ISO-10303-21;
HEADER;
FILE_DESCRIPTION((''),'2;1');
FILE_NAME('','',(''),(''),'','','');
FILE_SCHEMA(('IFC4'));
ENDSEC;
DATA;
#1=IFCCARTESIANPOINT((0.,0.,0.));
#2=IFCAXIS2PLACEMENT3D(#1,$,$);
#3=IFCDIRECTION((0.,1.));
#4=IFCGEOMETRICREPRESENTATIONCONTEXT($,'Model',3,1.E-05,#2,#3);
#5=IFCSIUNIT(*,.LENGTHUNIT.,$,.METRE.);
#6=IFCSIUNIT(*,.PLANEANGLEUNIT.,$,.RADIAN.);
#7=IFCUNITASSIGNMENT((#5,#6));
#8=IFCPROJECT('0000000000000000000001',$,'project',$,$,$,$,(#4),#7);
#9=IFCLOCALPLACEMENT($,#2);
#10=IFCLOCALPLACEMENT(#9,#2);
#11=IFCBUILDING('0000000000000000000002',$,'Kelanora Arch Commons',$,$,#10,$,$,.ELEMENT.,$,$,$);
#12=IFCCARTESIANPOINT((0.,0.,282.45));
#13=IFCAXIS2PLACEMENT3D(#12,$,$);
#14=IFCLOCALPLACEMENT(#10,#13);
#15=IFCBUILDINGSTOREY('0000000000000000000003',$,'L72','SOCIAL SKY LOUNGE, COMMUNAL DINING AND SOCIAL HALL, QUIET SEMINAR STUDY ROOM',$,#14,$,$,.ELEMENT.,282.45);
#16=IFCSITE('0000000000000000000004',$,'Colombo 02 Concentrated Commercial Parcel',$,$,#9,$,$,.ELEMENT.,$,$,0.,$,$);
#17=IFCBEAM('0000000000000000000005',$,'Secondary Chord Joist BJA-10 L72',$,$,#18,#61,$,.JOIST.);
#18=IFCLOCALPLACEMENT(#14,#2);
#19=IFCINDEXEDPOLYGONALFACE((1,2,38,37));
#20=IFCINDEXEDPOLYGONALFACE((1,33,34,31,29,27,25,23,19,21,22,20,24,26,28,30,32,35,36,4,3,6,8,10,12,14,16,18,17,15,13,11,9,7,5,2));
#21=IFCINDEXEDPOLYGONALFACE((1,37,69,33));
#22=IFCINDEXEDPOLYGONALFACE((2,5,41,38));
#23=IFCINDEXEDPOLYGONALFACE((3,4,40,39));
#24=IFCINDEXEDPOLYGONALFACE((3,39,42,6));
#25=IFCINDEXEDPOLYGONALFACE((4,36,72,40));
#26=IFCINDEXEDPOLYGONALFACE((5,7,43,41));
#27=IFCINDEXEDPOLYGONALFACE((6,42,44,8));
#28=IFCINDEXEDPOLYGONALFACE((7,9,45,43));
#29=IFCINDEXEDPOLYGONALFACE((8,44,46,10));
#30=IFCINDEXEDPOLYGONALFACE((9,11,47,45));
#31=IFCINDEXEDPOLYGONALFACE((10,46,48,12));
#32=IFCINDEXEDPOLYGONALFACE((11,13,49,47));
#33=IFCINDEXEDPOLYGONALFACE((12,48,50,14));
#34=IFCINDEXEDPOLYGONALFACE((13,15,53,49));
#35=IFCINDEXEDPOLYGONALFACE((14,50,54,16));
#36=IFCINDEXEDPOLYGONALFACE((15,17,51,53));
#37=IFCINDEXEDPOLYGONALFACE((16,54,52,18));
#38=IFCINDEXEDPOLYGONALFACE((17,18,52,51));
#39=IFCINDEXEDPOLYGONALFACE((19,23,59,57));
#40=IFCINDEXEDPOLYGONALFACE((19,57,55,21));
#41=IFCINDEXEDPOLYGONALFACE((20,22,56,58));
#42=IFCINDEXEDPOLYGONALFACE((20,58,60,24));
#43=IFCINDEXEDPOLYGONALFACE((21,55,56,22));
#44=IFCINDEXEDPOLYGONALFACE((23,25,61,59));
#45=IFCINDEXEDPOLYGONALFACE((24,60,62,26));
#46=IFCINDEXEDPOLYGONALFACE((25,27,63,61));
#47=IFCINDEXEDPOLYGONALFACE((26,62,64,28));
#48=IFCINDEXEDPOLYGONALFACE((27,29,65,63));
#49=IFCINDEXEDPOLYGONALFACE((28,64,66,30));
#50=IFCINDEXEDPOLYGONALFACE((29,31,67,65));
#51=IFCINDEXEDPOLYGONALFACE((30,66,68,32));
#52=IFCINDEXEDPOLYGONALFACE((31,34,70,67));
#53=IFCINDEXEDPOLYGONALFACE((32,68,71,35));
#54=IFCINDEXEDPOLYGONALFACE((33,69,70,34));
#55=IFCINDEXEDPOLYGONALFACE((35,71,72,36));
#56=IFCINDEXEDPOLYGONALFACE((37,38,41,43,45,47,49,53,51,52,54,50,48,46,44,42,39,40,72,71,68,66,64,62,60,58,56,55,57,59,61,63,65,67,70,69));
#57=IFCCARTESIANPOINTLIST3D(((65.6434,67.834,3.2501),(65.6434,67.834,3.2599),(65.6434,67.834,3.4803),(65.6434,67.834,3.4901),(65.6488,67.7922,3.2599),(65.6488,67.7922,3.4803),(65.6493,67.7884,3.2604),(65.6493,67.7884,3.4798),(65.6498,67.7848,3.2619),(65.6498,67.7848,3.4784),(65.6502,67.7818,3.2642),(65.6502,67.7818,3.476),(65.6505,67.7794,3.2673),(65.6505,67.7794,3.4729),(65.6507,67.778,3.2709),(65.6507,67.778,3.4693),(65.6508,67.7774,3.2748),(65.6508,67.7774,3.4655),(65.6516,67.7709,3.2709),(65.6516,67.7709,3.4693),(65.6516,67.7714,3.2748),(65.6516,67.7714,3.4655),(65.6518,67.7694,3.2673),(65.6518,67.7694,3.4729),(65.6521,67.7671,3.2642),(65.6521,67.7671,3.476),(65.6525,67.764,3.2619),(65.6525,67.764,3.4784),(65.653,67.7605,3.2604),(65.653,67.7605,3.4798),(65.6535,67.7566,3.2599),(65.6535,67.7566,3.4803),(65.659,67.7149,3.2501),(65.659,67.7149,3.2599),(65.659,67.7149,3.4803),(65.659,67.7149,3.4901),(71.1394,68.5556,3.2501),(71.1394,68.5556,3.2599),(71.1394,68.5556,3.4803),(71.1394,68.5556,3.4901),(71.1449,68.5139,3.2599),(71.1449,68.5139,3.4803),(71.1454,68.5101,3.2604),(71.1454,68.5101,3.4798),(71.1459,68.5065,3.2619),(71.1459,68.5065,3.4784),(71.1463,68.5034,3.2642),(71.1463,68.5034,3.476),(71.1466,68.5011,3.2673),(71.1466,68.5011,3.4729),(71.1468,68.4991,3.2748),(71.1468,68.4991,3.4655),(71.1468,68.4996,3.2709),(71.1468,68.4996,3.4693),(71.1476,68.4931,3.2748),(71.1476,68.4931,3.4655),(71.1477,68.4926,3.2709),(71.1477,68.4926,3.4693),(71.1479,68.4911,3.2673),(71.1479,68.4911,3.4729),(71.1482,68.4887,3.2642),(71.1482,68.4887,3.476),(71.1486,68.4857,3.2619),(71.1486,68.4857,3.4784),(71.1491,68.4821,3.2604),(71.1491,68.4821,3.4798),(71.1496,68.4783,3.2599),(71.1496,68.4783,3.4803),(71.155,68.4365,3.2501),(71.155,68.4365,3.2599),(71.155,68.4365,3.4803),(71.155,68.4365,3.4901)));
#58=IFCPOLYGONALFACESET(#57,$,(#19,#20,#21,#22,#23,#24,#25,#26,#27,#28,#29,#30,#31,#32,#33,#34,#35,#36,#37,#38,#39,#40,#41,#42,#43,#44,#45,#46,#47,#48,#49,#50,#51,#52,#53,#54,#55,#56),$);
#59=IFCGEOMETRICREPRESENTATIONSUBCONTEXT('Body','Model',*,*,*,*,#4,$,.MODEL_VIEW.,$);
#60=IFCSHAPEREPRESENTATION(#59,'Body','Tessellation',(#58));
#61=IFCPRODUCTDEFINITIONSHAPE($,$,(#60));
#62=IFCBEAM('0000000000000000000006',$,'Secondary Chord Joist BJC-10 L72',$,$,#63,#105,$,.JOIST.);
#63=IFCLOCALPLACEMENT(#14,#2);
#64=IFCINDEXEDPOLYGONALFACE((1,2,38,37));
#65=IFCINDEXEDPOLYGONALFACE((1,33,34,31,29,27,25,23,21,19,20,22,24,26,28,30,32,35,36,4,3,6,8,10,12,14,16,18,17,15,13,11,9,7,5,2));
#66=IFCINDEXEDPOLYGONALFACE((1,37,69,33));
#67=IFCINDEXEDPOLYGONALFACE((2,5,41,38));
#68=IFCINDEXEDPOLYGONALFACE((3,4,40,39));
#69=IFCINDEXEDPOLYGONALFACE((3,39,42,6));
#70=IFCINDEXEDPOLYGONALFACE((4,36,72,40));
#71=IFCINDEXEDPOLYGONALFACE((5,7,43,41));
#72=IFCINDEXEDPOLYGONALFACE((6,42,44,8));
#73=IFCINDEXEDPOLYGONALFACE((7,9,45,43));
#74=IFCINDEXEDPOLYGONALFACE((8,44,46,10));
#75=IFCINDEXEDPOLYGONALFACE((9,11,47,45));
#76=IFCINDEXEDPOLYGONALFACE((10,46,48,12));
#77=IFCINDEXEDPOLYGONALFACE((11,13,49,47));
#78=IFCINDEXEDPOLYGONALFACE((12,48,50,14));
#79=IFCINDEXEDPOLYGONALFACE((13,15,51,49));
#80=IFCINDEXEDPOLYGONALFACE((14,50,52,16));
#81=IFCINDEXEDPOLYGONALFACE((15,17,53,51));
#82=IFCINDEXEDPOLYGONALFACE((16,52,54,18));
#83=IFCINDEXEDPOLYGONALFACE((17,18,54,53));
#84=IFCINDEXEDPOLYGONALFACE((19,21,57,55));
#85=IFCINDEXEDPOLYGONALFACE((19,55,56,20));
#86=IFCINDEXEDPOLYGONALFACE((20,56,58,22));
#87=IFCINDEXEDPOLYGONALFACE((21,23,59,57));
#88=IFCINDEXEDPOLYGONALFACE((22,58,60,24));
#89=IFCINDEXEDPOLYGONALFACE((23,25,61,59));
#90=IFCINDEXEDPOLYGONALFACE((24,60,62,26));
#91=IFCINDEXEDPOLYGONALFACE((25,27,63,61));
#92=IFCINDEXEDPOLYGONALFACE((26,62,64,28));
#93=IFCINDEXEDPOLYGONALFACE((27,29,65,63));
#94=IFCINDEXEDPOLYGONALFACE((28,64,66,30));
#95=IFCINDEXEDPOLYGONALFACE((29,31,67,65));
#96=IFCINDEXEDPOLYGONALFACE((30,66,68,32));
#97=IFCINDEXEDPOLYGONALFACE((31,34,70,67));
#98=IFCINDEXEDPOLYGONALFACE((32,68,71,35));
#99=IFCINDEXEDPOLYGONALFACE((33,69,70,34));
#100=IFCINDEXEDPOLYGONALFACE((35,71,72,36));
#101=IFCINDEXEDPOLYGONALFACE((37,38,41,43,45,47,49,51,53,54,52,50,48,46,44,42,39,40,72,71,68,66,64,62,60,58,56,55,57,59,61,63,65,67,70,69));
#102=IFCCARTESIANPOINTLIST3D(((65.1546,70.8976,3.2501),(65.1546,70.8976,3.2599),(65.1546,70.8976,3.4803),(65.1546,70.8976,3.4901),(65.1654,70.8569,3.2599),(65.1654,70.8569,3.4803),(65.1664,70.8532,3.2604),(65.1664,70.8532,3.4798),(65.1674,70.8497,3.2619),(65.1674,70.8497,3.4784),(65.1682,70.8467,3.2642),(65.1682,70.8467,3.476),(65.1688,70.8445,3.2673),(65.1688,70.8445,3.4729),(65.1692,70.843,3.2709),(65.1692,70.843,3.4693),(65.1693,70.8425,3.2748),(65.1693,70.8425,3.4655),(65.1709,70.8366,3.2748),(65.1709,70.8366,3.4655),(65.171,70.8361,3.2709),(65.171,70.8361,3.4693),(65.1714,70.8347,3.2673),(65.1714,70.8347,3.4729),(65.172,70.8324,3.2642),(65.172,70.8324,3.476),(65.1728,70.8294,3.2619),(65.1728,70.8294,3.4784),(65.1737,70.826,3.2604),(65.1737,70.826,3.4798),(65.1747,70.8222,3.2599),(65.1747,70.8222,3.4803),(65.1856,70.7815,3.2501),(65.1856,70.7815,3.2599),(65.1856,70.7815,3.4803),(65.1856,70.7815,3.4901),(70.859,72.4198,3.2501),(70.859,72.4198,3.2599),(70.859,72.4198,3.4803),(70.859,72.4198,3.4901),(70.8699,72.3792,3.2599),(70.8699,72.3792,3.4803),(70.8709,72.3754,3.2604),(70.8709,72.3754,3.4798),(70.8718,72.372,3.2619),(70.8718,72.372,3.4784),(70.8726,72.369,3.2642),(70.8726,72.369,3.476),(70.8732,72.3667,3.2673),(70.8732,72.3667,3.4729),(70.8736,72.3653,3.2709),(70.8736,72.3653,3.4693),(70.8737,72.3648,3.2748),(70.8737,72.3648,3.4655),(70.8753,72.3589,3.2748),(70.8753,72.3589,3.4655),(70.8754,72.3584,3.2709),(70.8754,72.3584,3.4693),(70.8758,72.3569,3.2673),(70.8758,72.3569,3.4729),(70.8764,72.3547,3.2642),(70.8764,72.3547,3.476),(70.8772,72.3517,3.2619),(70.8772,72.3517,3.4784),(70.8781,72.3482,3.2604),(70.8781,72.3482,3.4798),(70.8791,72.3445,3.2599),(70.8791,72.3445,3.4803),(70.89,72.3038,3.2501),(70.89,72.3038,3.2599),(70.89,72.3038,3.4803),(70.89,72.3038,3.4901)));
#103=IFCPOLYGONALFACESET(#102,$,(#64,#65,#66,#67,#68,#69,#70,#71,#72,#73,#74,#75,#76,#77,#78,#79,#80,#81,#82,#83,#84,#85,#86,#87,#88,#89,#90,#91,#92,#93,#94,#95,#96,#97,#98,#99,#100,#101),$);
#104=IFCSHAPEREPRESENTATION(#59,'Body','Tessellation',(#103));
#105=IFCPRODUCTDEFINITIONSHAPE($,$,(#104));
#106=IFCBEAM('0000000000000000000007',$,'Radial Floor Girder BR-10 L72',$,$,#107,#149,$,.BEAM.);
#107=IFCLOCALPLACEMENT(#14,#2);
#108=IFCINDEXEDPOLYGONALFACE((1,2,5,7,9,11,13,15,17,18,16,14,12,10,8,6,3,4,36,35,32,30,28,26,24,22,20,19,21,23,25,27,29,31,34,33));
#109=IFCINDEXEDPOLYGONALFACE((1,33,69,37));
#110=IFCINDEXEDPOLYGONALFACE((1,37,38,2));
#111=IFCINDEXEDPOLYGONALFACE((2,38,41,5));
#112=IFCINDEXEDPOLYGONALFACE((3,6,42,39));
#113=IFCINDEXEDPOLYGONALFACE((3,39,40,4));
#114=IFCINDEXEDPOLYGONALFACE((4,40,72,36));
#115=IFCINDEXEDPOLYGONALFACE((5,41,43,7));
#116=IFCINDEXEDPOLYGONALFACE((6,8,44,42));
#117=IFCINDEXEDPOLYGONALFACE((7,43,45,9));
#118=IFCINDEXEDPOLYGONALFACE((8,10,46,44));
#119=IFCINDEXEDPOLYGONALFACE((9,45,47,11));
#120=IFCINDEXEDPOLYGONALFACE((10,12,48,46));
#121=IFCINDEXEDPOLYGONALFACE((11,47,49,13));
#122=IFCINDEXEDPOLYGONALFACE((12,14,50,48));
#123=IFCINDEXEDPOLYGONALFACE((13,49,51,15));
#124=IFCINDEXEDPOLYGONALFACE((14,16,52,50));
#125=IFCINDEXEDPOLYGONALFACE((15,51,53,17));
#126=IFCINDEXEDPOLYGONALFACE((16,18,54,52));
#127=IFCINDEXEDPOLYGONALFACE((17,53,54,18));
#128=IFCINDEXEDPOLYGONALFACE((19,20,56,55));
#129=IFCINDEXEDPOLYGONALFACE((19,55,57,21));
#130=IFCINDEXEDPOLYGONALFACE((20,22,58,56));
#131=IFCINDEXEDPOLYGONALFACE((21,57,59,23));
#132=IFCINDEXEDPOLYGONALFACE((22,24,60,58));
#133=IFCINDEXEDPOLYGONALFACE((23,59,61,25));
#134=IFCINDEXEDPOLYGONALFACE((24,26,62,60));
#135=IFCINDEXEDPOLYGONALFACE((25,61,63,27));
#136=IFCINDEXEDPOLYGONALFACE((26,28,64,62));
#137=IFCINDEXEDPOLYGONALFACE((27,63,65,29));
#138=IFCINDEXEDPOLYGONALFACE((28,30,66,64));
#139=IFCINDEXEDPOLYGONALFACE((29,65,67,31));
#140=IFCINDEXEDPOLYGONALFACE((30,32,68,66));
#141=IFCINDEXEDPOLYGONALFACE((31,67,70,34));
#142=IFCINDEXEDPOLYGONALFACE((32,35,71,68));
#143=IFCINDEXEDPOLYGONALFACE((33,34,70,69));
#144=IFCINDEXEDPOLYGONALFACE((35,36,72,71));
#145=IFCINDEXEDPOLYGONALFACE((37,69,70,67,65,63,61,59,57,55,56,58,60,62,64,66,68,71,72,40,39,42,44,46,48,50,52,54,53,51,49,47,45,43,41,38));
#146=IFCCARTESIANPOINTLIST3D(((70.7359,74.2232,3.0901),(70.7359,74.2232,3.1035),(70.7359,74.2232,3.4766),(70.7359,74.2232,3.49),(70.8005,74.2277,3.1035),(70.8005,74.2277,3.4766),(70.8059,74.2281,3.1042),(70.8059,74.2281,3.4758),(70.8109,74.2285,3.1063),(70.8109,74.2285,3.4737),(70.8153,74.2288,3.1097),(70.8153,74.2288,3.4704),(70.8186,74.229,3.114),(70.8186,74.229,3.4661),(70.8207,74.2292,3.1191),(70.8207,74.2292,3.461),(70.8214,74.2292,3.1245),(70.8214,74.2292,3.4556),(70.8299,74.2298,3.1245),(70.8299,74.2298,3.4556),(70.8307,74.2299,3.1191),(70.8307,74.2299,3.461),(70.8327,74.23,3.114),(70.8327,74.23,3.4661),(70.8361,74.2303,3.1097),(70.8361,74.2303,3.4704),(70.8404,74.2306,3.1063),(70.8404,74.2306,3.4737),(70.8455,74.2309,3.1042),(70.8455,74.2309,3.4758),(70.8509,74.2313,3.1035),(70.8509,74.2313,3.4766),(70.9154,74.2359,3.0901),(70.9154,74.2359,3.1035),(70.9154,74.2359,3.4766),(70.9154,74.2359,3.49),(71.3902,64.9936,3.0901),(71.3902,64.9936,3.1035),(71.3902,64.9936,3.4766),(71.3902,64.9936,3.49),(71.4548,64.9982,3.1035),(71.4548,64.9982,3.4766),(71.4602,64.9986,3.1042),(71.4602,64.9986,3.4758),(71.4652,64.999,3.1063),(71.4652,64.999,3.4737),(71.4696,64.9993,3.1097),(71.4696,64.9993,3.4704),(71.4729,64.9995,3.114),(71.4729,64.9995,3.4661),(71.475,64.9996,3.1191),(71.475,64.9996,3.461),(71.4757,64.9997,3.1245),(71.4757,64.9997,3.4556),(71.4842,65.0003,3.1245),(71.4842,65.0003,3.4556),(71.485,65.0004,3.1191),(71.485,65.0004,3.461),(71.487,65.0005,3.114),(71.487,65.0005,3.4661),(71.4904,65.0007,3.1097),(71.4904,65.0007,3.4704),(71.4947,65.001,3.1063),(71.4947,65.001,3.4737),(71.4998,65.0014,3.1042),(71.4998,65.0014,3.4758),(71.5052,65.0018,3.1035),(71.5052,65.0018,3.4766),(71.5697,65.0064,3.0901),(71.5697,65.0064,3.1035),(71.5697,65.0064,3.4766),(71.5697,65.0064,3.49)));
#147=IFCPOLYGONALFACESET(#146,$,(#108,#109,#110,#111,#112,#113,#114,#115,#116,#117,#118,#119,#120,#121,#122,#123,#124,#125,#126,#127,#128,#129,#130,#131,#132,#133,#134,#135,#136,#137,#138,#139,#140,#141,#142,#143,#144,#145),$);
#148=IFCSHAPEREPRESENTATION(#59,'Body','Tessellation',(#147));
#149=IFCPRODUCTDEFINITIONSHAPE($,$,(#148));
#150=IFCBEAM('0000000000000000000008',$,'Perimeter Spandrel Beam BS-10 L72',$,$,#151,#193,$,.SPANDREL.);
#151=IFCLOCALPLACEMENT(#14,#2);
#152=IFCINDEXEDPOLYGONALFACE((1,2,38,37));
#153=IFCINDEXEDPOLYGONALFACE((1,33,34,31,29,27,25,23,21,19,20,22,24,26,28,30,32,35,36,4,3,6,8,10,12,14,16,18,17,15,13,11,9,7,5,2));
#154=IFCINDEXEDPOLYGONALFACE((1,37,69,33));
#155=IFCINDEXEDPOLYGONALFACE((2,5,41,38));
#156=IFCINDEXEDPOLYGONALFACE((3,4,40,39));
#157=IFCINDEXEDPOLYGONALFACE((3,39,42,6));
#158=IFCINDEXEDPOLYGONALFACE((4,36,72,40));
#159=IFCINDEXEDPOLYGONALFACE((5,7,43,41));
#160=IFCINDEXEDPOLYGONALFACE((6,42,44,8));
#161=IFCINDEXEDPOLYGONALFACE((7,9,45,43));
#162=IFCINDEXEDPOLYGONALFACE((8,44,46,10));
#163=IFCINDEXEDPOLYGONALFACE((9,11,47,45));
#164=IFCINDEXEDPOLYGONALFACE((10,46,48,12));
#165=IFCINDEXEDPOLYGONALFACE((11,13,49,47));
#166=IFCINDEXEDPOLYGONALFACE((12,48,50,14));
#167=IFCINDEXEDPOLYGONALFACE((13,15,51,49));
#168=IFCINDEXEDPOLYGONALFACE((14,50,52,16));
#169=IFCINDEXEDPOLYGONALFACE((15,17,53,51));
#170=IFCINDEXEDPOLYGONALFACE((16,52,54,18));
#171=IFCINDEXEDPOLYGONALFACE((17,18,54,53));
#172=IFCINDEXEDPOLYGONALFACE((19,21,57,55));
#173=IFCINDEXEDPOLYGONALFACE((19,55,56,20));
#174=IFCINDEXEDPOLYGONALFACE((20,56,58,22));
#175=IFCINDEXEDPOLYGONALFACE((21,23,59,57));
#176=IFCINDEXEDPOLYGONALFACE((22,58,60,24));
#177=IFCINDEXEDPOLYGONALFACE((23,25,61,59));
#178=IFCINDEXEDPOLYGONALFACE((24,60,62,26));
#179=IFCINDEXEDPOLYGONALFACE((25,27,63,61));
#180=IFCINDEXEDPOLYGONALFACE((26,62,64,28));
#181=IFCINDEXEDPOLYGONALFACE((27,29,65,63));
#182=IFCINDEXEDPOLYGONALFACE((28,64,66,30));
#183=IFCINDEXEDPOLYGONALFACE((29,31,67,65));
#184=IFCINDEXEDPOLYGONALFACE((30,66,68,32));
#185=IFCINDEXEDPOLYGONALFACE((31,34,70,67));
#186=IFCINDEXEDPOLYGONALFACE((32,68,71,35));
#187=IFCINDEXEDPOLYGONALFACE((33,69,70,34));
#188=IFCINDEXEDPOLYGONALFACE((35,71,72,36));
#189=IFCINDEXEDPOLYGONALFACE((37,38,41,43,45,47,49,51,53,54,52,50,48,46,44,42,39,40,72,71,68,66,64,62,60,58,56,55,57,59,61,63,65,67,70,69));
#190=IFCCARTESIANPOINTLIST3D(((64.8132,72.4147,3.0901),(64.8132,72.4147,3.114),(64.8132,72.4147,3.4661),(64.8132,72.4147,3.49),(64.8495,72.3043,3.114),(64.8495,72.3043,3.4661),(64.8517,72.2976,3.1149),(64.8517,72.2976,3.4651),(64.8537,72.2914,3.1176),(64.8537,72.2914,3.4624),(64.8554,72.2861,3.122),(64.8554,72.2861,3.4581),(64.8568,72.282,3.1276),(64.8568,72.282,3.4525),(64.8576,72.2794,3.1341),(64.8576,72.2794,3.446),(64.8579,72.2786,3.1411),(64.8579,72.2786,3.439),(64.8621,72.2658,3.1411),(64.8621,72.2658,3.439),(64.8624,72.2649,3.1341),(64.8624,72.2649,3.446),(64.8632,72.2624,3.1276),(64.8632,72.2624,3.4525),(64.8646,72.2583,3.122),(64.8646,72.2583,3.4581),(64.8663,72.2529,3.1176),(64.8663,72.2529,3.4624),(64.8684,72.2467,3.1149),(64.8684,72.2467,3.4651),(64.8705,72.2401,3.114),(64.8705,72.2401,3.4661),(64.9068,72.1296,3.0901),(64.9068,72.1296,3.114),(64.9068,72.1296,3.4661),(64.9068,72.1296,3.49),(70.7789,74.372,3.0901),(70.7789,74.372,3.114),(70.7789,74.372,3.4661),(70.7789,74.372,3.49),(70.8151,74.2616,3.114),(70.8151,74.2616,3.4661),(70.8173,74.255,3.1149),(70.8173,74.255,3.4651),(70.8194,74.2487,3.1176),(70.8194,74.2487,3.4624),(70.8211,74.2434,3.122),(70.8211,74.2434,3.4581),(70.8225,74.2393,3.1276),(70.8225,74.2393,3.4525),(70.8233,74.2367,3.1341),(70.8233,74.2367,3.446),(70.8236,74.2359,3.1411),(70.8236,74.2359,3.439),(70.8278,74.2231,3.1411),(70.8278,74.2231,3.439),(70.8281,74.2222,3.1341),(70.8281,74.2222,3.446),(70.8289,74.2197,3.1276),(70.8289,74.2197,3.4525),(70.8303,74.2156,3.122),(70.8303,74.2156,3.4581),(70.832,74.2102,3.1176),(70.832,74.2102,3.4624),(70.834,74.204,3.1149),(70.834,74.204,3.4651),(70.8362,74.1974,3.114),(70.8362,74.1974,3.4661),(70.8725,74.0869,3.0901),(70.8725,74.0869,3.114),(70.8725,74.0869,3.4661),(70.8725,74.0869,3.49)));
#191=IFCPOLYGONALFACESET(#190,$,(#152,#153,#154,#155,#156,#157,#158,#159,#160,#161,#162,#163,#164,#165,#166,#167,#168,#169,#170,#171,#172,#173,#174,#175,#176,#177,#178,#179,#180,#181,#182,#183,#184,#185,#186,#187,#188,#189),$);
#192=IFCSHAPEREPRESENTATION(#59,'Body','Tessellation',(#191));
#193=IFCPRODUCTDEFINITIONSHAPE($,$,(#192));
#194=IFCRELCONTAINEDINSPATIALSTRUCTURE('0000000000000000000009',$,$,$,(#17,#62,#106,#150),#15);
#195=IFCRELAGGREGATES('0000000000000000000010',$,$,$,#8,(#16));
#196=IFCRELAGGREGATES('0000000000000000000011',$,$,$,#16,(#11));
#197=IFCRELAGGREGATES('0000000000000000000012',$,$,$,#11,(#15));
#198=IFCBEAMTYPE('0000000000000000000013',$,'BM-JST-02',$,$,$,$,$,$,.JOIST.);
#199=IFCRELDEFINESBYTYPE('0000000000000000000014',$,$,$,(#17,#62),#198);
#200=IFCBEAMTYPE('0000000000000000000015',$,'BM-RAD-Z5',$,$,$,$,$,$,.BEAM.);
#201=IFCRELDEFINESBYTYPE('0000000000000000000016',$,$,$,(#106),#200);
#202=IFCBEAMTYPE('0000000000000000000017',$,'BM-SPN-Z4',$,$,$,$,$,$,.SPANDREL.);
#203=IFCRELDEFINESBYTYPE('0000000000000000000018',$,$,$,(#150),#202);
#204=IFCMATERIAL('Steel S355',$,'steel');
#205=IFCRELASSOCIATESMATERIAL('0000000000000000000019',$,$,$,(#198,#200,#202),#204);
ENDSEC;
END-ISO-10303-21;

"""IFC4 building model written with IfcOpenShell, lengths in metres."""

from ifc_helpers import new_model, si_unit, direction, frame, origin, origin_2d, place, context, subcontext, project, spatial, i_section, extrude, material, material_profile, profile_set, type_object, element, save


model = new_model("IFC4")

# Units and contexts
model_context = context("Model", 3, precision=1e-05, world=origin(), true_north=direction((0.0, 1.0)))
body_context = subcontext(model_context, "Body", "Model", "MODEL_VIEW")
ifc_project = project(units=[si_unit("LENGTHUNIT", "METRE"), si_unit("PLANEANGLEUNIT", "RADIAN")], contexts=[model_context])

# Site, building, storey
site_placement = place(None, origin())
site = spatial("IfcSite", under=ifc_project, at=site_placement, Name="Colombo 02 Concentrated Commercial Parcel", CompositionType="ELEMENT", RefElevation=0.0)
building_placement = place(site_placement, origin())
building = spatial("IfcBuilding", under=site, at=building_placement, Name="Kelanora Arch Commons", CompositionType="ELEMENT")
storey_placement = place(building_placement, frame((0.0, 0.0, 282.45)))
storey = spatial("IfcBuildingStorey", under=building, at=storey_placement, Name="L72", Description="SOCIAL SKY LOUNGE, COMMUNAL DINING AND SOCIAL HALL, QUIET SEMINAR STUDY ROOM", CompositionType="ELEMENT", Elevation=282.45)

# Beams
ifc_material_1 = material(Name="Steel S355", Category="steel")
ifc_material_profile_1 = material_profile(ifc_material_1, i_section(OverallWidth=0.1201, OverallDepth=0.24, WebThickness=0.0061, FlangeThickness=0.0098, FilletRadius=0.0149, at=origin_2d()), Name="IPE240")
ifc_profile_set_1 = profile_set([ifc_material_profile_1], Name="Steel S355")
beam_type_1 = type_object("IfcBeamType", Name="BM-JST-02", PredefinedType="JOIST", material=ifc_profile_set_1)
beam_1_placement = place(storey_placement, frame((71.1472, 68.4961, 3.3701), z_axis=(-0.991489, -0.13019, 0.0), x_axis=(0.13019, -0.991489, 0.0)))
element("IfcBeam", 1, at=beam_1_placement, inside=storey, type_object=beam_type_1, Name="Secondary Chord Joist BJA-10 L72", PredefinedType="JOIST", context=body_context, shape_type="SweptSolid", body=[
    extrude(i_section(OverallWidth=0.1201, OverallDepth=0.24, WebThickness=0.0061, FlangeThickness=0.0098, FilletRadius=0.0149, at=origin_2d()), origin(), (0.0, 0.0, 1.0), 5.5432),
])
beam_2_placement = place(storey_placement, frame((70.8745, 72.3618, 3.3701), z_axis=(-0.96619, -0.25783, 0.0), x_axis=(0.25783, -0.96619, 0.0)))
element("IfcBeam", 2, at=beam_2_placement, inside=storey, type_object=beam_type_1, Name="Secondary Chord Joist BJC-10 L72", PredefinedType="JOIST", context=body_context, shape_type="SweptSolid", body=[
    extrude(i_section(OverallWidth=0.1201, OverallDepth=0.24, WebThickness=0.0061, FlangeThickness=0.0098, FilletRadius=0.0149, at=origin_2d()), origin(), (0.0, 0.0, 1.0), 5.9041),
])
ifc_material_profile_2 = material_profile(ifc_material_1, i_section(OverallWidth=0.1799, OverallDepth=0.3999, WebThickness=0.0085, FlangeThickness=0.0134, FilletRadius=0.021, at=origin_2d()), Name="IPE400")
ifc_profile_set_2 = profile_set([ifc_material_profile_2], Name="Steel S355")
beam_type_2 = type_object("IfcBeamType", Name="BM-RAD-Z5", PredefinedType="BEAM", material=ifc_profile_set_2)
beam_3_placement = place(storey_placement, frame((71.48, 65.0, 3.29), z_axis=(-0.070714, 0.997497, 0.0), x_axis=(-0.997497, -0.070714, 0.0)))
element("IfcBeam", 3, at=beam_3_placement, inside=storey, type_object=beam_type_2, Name="Radial Floor Girder BR-10 L72", PredefinedType="BEAM", context=body_context, shape_type="SweptSolid", body=[
    extrude(i_section(OverallWidth=0.1799, OverallDepth=0.3999, WebThickness=0.0085, FlangeThickness=0.0134, FilletRadius=0.021, at=origin_2d()), origin(), (0.0, 0.0, 1.0), 9.2527),
])
ifc_material_profile_3 = material_profile(ifc_material_1, i_section(OverallWidth=0.3, OverallDepth=0.3999, WebThickness=0.0134, FlangeThickness=0.0239, FilletRadius=0.0271, at=origin_2d()), Name="HEB400")
ifc_profile_set_3 = profile_set([ifc_material_profile_3], Name="Steel S355")
beam_type_3 = type_object("IfcBeamType", Name="BM-SPN-Z4", PredefinedType="SPANDREL", material=ifc_profile_set_3)
beam_4_placement = place(storey_placement, frame((70.8257, 74.2295, 3.29), z_axis=(-0.950166, -0.311745, 0.0), x_axis=(0.311745, -0.950166, 0.0)))
element("IfcBeam", 4, at=beam_4_placement, inside=storey, type_object=beam_type_3, Name="Perimeter Spandrel Beam BS-10 L72", PredefinedType="SPANDREL", context=body_context, shape_type="SweptSolid", body=[
    extrude(i_section(OverallWidth=0.3, OverallDepth=0.3999, WebThickness=0.0134, FlangeThickness=0.0239, FilletRadius=0.0271, at=origin_2d()), origin(), (0.0, 0.0, 1.0), 6.2786),
])

save(model, "model.ifc")
